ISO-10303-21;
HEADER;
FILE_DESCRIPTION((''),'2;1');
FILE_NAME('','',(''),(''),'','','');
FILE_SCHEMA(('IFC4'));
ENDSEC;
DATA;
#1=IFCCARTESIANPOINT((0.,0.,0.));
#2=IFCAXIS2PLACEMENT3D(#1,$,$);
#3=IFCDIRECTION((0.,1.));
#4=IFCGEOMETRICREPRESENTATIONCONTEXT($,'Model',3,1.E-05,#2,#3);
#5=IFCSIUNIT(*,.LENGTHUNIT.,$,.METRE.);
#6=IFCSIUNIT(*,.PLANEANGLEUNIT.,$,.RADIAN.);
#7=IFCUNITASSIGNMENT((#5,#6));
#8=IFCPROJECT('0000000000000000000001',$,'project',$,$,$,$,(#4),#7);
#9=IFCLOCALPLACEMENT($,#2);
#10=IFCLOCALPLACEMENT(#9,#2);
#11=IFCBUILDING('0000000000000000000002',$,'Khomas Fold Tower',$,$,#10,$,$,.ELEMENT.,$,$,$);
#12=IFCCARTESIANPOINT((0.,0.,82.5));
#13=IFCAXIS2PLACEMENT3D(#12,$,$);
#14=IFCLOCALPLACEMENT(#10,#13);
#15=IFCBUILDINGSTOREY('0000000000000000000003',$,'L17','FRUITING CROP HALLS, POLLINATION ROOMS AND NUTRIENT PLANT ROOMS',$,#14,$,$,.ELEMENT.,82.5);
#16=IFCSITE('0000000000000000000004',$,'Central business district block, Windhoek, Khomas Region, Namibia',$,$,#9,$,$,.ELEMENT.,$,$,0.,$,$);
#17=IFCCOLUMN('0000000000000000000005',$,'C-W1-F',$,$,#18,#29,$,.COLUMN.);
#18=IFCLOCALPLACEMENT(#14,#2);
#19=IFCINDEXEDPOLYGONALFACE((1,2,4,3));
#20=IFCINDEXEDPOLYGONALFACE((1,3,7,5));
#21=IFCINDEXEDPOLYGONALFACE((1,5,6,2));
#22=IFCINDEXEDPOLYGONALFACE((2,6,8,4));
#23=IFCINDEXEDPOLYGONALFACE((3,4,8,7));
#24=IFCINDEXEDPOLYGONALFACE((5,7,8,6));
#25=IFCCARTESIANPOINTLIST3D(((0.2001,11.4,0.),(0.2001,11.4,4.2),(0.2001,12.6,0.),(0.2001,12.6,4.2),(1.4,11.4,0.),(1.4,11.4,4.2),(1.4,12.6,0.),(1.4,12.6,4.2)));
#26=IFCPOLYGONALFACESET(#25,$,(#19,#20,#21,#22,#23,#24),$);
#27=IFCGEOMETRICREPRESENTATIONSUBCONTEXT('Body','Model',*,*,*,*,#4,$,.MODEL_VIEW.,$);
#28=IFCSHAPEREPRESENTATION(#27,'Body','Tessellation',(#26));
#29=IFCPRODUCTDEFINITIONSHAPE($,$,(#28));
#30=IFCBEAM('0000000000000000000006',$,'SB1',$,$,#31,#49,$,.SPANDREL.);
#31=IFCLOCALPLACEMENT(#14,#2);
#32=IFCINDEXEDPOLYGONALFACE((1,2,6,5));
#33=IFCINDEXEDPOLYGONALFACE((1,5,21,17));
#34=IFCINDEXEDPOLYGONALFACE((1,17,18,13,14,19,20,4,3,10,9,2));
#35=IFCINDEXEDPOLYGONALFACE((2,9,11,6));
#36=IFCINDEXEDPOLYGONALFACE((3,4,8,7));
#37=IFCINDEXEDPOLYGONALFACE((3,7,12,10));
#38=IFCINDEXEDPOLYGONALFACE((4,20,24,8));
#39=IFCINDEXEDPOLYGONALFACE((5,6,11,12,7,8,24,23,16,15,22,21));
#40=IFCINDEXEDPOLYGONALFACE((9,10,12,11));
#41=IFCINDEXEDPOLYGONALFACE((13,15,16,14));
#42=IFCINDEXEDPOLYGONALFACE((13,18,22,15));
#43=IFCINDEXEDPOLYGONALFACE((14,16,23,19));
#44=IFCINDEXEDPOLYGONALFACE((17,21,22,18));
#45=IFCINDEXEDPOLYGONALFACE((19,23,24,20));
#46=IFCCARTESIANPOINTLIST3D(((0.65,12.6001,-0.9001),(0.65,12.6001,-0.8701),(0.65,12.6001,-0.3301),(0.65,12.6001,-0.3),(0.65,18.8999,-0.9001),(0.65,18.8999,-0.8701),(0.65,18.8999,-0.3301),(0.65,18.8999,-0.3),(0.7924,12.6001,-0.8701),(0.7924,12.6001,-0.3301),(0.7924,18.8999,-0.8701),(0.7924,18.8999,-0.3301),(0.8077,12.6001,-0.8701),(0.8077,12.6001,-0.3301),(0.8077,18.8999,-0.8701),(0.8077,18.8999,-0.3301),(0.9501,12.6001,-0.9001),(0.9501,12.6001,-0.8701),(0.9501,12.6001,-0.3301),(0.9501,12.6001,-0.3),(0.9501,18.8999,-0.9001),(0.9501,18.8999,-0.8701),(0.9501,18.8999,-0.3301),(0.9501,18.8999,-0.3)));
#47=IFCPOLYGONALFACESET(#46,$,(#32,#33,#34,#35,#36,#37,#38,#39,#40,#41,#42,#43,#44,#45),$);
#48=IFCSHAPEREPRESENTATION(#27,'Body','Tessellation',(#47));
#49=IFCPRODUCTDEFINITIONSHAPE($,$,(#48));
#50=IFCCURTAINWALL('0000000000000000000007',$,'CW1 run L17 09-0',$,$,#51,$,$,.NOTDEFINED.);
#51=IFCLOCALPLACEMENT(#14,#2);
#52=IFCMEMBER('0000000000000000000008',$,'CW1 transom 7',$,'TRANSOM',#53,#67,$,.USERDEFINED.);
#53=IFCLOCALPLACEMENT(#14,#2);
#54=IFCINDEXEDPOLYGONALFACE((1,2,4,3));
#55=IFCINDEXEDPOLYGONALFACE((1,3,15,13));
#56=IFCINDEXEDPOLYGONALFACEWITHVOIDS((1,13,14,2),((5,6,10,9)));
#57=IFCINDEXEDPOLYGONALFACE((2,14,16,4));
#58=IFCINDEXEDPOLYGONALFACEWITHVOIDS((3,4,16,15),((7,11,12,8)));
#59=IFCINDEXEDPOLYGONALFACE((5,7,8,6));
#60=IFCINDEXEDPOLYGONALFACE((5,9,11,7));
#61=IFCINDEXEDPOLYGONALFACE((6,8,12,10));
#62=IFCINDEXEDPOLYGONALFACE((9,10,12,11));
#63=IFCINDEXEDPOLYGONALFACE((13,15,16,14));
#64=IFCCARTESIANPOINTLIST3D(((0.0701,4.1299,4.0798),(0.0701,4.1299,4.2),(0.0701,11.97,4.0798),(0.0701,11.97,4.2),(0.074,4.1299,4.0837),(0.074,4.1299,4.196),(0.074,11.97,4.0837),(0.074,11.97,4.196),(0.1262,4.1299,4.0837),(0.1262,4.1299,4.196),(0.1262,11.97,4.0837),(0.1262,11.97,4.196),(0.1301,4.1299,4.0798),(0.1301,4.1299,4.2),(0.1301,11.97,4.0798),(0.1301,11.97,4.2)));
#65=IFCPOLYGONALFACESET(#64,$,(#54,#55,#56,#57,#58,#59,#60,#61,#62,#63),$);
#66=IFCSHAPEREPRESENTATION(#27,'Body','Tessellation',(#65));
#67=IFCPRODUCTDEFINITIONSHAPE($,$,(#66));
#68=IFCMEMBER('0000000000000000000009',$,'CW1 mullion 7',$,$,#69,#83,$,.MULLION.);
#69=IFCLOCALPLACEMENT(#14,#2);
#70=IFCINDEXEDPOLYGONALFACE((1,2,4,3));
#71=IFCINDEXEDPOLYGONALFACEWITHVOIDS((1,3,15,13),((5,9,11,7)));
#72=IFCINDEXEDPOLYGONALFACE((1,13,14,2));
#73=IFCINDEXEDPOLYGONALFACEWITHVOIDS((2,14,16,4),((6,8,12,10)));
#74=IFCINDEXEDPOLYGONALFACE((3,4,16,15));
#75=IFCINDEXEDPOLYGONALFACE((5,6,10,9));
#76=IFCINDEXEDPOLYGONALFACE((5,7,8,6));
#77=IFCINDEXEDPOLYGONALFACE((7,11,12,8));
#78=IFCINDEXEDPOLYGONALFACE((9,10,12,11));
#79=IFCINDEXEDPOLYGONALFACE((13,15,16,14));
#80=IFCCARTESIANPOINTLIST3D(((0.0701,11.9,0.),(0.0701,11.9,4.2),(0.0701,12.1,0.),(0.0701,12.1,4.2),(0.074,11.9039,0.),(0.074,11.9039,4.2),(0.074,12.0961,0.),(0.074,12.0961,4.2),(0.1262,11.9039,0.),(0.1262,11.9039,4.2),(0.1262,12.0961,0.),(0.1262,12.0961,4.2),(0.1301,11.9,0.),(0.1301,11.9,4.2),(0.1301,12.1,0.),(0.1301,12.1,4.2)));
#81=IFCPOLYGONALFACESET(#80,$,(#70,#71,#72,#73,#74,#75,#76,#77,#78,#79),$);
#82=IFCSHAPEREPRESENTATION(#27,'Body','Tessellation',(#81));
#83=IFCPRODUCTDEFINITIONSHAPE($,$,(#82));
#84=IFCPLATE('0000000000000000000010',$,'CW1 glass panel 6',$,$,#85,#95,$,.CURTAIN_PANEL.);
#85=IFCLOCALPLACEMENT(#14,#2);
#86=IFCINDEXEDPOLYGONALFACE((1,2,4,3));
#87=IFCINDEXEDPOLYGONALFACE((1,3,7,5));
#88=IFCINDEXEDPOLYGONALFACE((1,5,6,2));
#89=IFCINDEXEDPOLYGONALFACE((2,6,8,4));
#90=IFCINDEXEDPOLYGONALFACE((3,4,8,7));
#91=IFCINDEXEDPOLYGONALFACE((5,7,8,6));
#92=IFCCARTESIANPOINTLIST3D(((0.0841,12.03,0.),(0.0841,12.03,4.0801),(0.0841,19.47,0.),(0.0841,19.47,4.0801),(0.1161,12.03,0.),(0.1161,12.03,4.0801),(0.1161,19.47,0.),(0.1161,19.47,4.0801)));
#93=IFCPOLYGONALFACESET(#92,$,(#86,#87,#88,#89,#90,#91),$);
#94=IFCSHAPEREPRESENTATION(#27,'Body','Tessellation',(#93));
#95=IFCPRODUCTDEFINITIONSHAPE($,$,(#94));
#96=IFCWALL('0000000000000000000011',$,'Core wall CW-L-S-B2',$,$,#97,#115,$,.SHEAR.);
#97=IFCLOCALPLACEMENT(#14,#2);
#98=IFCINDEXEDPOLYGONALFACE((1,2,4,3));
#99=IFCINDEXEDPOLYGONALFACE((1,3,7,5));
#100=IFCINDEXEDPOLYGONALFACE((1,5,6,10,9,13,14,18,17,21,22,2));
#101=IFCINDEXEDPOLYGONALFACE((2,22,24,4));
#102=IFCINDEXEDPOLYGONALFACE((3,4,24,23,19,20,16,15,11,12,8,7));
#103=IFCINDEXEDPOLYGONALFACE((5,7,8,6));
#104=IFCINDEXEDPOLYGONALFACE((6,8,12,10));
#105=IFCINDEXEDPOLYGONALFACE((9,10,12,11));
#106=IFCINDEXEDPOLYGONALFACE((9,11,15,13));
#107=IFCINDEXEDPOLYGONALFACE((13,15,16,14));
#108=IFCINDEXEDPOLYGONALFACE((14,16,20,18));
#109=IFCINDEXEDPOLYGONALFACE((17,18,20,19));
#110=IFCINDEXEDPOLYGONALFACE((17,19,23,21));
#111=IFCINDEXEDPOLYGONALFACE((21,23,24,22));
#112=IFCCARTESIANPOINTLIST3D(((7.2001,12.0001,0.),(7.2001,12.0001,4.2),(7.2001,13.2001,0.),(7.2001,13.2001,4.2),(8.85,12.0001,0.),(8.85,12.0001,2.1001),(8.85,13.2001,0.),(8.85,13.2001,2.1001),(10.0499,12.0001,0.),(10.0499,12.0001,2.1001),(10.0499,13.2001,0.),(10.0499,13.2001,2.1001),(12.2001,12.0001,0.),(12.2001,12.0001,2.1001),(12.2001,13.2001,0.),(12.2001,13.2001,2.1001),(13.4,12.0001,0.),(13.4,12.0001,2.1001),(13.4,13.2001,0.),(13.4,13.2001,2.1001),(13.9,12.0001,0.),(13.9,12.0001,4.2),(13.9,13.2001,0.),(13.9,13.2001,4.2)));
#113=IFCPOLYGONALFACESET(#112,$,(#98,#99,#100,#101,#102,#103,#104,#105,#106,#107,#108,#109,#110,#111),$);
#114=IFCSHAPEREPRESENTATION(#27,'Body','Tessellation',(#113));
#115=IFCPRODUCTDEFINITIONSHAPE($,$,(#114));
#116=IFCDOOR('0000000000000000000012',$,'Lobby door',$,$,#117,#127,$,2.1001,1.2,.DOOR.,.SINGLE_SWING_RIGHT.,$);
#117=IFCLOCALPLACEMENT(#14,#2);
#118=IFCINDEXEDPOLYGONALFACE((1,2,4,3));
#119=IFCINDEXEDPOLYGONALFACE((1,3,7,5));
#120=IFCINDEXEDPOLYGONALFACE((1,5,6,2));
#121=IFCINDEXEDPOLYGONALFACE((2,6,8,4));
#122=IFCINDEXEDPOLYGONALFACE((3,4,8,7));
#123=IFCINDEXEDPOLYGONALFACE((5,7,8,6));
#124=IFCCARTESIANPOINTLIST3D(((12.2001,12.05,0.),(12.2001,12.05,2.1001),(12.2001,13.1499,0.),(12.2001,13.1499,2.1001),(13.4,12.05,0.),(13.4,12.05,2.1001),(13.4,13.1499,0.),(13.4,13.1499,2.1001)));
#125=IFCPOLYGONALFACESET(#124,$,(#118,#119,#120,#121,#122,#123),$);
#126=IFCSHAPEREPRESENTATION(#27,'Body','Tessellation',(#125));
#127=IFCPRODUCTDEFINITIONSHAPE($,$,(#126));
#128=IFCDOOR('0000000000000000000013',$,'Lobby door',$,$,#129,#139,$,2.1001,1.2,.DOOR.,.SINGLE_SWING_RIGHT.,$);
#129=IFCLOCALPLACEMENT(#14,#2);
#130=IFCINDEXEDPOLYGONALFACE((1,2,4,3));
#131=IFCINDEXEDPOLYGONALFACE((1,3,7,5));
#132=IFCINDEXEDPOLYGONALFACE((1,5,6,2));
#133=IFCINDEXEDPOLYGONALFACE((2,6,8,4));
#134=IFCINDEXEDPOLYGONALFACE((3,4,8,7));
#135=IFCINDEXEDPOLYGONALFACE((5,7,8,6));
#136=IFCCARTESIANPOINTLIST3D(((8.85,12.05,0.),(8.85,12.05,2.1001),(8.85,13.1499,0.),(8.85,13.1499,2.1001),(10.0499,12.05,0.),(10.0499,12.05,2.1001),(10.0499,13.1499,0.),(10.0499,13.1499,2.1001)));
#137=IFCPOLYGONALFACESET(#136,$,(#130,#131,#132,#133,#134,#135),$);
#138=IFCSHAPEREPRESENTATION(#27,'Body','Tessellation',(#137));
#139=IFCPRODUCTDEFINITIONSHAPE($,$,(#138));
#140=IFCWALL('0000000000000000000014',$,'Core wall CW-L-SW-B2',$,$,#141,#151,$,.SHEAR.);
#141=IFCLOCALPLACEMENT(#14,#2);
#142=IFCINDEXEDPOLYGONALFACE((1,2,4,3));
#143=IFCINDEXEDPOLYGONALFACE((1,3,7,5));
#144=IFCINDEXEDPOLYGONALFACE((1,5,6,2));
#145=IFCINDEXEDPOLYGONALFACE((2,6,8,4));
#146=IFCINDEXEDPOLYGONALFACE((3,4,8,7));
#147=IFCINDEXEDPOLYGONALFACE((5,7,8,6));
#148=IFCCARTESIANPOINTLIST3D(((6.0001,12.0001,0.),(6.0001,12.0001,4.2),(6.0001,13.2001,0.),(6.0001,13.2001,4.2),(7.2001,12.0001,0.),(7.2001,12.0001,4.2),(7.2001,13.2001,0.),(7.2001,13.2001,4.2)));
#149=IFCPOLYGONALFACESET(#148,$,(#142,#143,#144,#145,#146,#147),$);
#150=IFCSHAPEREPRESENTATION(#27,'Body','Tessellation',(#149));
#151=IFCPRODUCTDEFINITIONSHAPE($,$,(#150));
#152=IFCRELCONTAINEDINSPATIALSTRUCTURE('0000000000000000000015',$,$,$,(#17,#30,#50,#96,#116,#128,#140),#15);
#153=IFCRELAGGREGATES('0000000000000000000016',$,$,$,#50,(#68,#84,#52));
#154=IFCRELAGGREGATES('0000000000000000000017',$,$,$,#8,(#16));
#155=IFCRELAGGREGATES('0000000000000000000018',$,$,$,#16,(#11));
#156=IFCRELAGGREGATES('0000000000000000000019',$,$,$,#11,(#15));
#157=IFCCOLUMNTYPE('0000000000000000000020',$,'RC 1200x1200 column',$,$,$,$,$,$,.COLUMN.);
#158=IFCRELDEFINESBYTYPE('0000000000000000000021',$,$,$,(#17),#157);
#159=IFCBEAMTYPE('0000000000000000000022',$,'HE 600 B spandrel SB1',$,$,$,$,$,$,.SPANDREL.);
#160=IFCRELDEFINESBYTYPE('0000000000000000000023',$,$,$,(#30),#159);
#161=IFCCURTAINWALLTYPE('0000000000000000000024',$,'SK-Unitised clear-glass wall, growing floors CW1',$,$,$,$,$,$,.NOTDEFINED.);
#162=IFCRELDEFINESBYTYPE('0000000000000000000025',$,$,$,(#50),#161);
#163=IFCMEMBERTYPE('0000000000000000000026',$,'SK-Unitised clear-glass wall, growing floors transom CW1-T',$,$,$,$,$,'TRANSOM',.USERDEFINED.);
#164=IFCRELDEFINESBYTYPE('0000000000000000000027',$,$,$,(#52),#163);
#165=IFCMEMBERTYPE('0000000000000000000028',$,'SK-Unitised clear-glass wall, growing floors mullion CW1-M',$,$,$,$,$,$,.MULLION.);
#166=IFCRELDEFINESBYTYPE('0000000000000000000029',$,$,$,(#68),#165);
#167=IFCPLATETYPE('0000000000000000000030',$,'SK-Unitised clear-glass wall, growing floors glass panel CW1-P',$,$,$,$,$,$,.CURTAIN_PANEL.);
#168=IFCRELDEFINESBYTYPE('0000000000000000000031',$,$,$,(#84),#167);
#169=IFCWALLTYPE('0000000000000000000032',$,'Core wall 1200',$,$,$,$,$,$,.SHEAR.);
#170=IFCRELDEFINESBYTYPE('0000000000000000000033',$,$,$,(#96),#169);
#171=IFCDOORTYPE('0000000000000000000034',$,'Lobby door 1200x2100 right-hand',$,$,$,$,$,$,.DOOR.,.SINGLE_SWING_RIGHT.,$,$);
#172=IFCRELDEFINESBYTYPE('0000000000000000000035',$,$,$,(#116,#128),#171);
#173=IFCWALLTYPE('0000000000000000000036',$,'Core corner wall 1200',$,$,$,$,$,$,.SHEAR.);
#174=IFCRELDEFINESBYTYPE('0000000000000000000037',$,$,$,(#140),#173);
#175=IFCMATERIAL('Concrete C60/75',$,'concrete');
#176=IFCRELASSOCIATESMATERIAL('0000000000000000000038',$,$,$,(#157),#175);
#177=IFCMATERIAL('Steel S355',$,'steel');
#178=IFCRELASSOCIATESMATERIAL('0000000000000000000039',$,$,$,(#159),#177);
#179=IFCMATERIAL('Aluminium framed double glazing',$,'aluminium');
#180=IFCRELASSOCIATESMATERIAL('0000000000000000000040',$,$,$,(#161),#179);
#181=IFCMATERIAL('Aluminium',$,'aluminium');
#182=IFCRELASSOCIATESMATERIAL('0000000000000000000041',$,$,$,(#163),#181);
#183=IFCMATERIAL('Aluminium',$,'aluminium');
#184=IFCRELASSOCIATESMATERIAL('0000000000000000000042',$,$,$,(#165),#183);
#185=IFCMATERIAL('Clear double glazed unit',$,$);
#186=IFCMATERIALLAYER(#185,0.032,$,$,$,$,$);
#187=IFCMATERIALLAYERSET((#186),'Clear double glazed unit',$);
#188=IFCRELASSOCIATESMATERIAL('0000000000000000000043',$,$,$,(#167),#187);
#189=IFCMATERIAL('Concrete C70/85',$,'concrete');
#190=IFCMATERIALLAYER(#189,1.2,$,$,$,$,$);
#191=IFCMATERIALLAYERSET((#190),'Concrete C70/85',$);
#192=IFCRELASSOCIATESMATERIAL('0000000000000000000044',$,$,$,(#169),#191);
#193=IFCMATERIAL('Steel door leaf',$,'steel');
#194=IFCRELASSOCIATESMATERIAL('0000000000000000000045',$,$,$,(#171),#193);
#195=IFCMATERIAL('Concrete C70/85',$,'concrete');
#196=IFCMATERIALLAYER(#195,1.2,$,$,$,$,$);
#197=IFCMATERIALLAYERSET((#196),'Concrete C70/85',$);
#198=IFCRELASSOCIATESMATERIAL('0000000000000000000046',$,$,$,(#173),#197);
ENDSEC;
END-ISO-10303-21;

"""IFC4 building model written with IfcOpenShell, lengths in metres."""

from ifc_helpers import new_model, si_unit, direction, frame, frame_2d, origin, origin_2d, place, context, subcontext, project, spatial, rectangle, hollow_rectangle, i_section, extrude, source, transform, mapped, material, layer, layer_set, material_profile, profile_set, type_object, element, fill, aggregate, save


model = new_model("IFC4")

# Units and contexts
model_context = context("Model", 3, precision=1e-05, world=origin(), true_north=direction((0.0, 1.0)))
body_context = subcontext(model_context, "Body", "Model", "MODEL_VIEW")
ifc_project = project(units=[si_unit("LENGTHUNIT", "METRE"), si_unit("PLANEANGLEUNIT", "RADIAN")], contexts=[model_context])

# Site, building, storey
site_placement = place(None, origin())
site = spatial("IfcSite", under=ifc_project, at=site_placement, Name="Central business district block, Windhoek, Khomas Region, Namibia", CompositionType="ELEMENT", RefElevation=0.0)
building_placement = place(site_placement, origin())
building = spatial("IfcBuilding", under=site, at=building_placement, Name="Khomas Fold Tower", CompositionType="ELEMENT")
storey_placement = place(building_placement, frame((0.0, 0.0, 82.5)))
storey = spatial("IfcBuildingStorey", under=building, at=storey_placement, Name="L17", Description="FRUITING CROP HALLS, POLLINATION ROOMS AND NUTRIENT PLANT ROOMS", CompositionType="ELEMENT", Elevation=82.5)

# Column
ifc_material_1 = material(Name="Concrete C60/75", Category="concrete")
ifc_material_profile_1 = material_profile(ifc_material_1, rectangle(XDim=1.2, YDim=1.2, at=origin_2d()), Name="RC 1200x1200")
ifc_profile_set_1 = profile_set([ifc_material_profile_1], Name="Concrete C60/75")
column_type = type_object("IfcColumnType", Name="RC 1200x1200 column", PredefinedType="COLUMN", material=ifc_profile_set_1)
shared_shape_1 = source(origin(), body_context, "Body", "SweptSolid", [
    extrude(rectangle(XDim=1.2, YDim=1.2, at=origin_2d()), origin(), (0.0, 0.0, 1.0), 4.2),
])
column_placement = place(storey_placement, frame((0.8, 12.0, 0.0), z_axis=(0.0, 0.0, 1.0), x_axis=(1.0, 0.0, 0.0)))
element("IfcColumn", 1, at=column_placement, inside=storey, type_object=column_type, Name="C-W1-F", PredefinedType="COLUMN", context=body_context, shape_type="MappedRepresentation", body=[
    mapped(shared_shape_1, transform((0.0, 0.0, 0.0))),
])

# Beam
ifc_material_2 = material(Name="Steel S355", Category="steel")
ifc_material_profile_2 = material_profile(ifc_material_2, i_section(OverallWidth=0.3, OverallDepth=0.6001, WebThickness=0.0154, FlangeThickness=0.03, at=origin_2d()), Name="HE 600 B")
ifc_profile_set_2 = profile_set([ifc_material_profile_2], Name="Steel S355")
beam_type = type_object("IfcBeamType", Name="HE 600 B spandrel SB1", PredefinedType="SPANDREL", material=ifc_profile_set_2)
shared_shape_2 = source(origin(), body_context, "Body", "SweptSolid", [
    extrude(i_section(OverallWidth=0.3, OverallDepth=0.6001, WebThickness=0.0154, FlangeThickness=0.03, at=origin_2d()), origin(), (0.0, 0.0, 1.0), 6.2998),
])
beam_placement = place(storey_placement, frame((0.8, 12.6001, -0.6001), z_axis=(0.0, 1.0, 0.0), x_axis=(-1.0, 0.0, 0.0)))
element("IfcBeam", 2, at=beam_placement, inside=storey, type_object=beam_type, Name="SB1", PredefinedType="SPANDREL", context=body_context, shape_type="MappedRepresentation", body=[
    mapped(shared_shape_2, transform((0.0, 0.0, 0.0))),
])

# Curtain wall, members, plate
ifc_material_3 = material(Name="Aluminium framed double glazing", Category="aluminium")
curtain_wall_type = type_object("IfcCurtainWallType", Name="SK-Unitised clear-glass wall, growing floors CW1", PredefinedType="NOTDEFINED", material=ifc_material_3)
curtain_wall_placement = place(storey_placement, origin())
curtain_wall = element("IfcCurtainWall", 3, at=curtain_wall_placement, inside=storey, type_object=curtain_wall_type, Name="CW1 run L17 09-0", PredefinedType="NOTDEFINED")
ifc_material_4 = material(Name="Aluminium", Category="aluminium")
ifc_material_profile_3 = material_profile(ifc_material_4, hollow_rectangle(XDim=0.0601, YDim=0.1201, WallThickness=0.0039, at=origin_2d()), Name="SK-Unitised clear-glass wall, growing floors transom CW1-T")
ifc_profile_set_3 = profile_set([ifc_material_profile_3], Name="Aluminium")
member_type_1 = type_object("IfcMemberType", Name="SK-Unitised clear-glass wall, growing floors transom CW1-T", ElementType="TRANSOM", PredefinedType="USERDEFINED", material=ifc_profile_set_3)
shared_shape_3 = source(origin(), body_context, "Body", "SweptSolid", [
    extrude(hollow_rectangle(XDim=0.0601, YDim=0.1201, WallThickness=0.0039, at=origin_2d()), origin(), (0.0, 0.0, 1.0), 7.8401),
])
member_1_placement = place(storey_placement, frame((0.1001, 11.97, 4.1399), z_axis=(0.0, -1.0, 0.0), x_axis=(1.0, 0.0, 0.0)))
member_1 = element("IfcMember", 4, at=member_1_placement, type_object=member_type_1, Name="CW1 transom 7", ObjectType="TRANSOM", PredefinedType="USERDEFINED", context=body_context, shape_type="MappedRepresentation", body=[
    mapped(shared_shape_3, transform((0.0, 0.0, 0.0))),
])
ifc_material_5 = material(Name="Aluminium", Category="aluminium")
ifc_material_profile_4 = material_profile(ifc_material_5, hollow_rectangle(XDim=0.0601, YDim=0.2, WallThickness=0.0039, at=origin_2d()), Name="SK-Unitised clear-glass wall, growing floors mullion CW1-M")
ifc_profile_set_4 = profile_set([ifc_material_profile_4], Name="Aluminium")
member_type_2 = type_object("IfcMemberType", Name="SK-Unitised clear-glass wall, growing floors mullion CW1-M", PredefinedType="MULLION", material=ifc_profile_set_4)
shared_shape_4 = source(origin(), body_context, "Body", "SweptSolid", [
    extrude(hollow_rectangle(XDim=0.0601, YDim=0.2, WallThickness=0.0039, at=origin_2d()), origin(), (0.0, 0.0, 1.0), 4.2),
])
member_2_placement = place(storey_placement, frame((0.1001, 12.0, 0.0), z_axis=(0.0, 0.0, 1.0), x_axis=(1.0, 0.0, 0.0)))
member_2 = element("IfcMember", 5, at=member_2_placement, type_object=member_type_2, Name="CW1 mullion 7", PredefinedType="MULLION", context=body_context, shape_type="MappedRepresentation", body=[
    mapped(shared_shape_4, transform((0.0, 0.0, 0.0))),
])
ifc_material_6 = material(Name="Clear double glazed unit")
ifc_layer_1 = layer(ifc_material_6, 0.032)
ifc_layer_set_1 = layer_set([ifc_layer_1], Name="Clear double glazed unit")
plate_type = type_object("IfcPlateType", Name="SK-Unitised clear-glass wall, growing floors glass panel CW1-P", PredefinedType="CURTAIN_PANEL", material=ifc_layer_set_1)
shared_shape_5 = source(origin(), body_context, "Body", "SweptSolid", [
    extrude(rectangle(XDim=7.4399, YDim=0.032, at=origin_2d()), origin(), (0.0, 0.0, 1.0), 4.0801),
])
plate_placement = place(storey_placement, frame((0.1001, 15.75, 0.0), z_axis=(0.0, 0.0, 1.0), x_axis=(0.0, -1.0, 0.0)))
plate = element("IfcPlate", 6, at=plate_placement, type_object=plate_type, Name="CW1 glass panel 6", PredefinedType="CURTAIN_PANEL", context=body_context, shape_type="MappedRepresentation", body=[
    mapped(shared_shape_5, transform((0.0, 0.0, 0.0))),
])
aggregate(curtain_wall, [member_2, plate, member_1])

# Wall, openings, doors
ifc_material_7 = material(Name="Concrete C70/85", Category="concrete")
ifc_layer_2 = layer(ifc_material_7, 1.2)
ifc_layer_set_2 = layer_set([ifc_layer_2], Name="Concrete C70/85")
wall_type_1 = type_object("IfcWallType", Name="Core wall 1200", PredefinedType="SHEAR", material=ifc_layer_set_2)
shared_shape_6 = source(origin(), body_context, "Body", "SweptSolid", [
    extrude(rectangle(XDim=6.7, YDim=1.2, at=frame_2d((3.3501, 0.0))), origin(), (0.0, 0.0, 1.0), 4.2),
])
wall_1_placement = place(storey_placement, frame((7.2, 12.6001, 0.0), z_axis=(0.0, 0.0, 1.0), x_axis=(1.0, 0.0, 0.0)))
wall_1 = element("IfcWall", 7, at=wall_1_placement, inside=storey, type_object=wall_type_1, Name="Core wall CW-L-S-B2", PredefinedType="SHEAR", context=body_context, shape_type="MappedRepresentation", body=[
    mapped(shared_shape_6, transform((0.0, 0.0, 0.0))),
])
shared_shape_7 = source(origin(), body_context, "Body", "SweptSolid", [
    extrude(rectangle(XDim=1.2, YDim=2.1001, at=frame_2d((0.6001, 1.05))), frame((0.0, 0.6099, 0.0), z_axis=(0.0, -1.0, 0.0), x_axis=(1.0, 0.0, 0.0)), (0.0, 0.0, 1.0), 1.22),
])
opening_1_placement = place(wall_1_placement, frame((5.0, 0.0, 0.0)))
opening_1 = element("IfcOpeningElement", 8, at=opening_1_placement, cuts=wall_1, PredefinedType="OPENING", context=body_context, shape_type="MappedRepresentation", body=[
    mapped(shared_shape_7, transform((0.0, 0.0, 0.0))),
])
opening_2_placement = place(wall_1_placement, frame((1.6499, 0.0, 0.0)))
opening_2 = element("IfcOpeningElement", 9, at=opening_2_placement, cuts=wall_1, PredefinedType="OPENING", context=body_context, shape_type="MappedRepresentation", body=[
    mapped(shared_shape_7, transform((0.0, 0.0, 0.0))),
])
ifc_material_8 = material(Name="Steel door leaf", Category="steel")
door_type_1 = type_object("IfcDoorType", Name="Lobby door 1200x2100 right-hand", OperationType="SINGLE_SWING_RIGHT", PredefinedType="DOOR", material=ifc_material_8)
shared_shape_8 = source(origin(), body_context, "Body", "SweptSolid", [
    extrude(rectangle(XDim=1.2, YDim=2.1001, at=frame_2d((0.6001, 1.05))), frame((0.0, 0.5498, 0.0), z_axis=(0.0, -1.0, 0.0), x_axis=(1.0, 0.0, 0.0)), (0.0, 0.0, 1.0), 1.0999),
])
door_1_placement = place(opening_1_placement, origin())
door_1 = element("IfcDoor", 10, at=door_1_placement, inside=storey, type_object=door_type_1, Name="Lobby door", OperationType="SINGLE_SWING_RIGHT", OverallHeight=2.1001, OverallWidth=1.2, PredefinedType="DOOR", context=body_context, shape_type="MappedRepresentation", body=[
    mapped(shared_shape_8, transform((0.0, 0.0, 0.0))),
])
fill(opening_1, door_1)
door_2_placement = place(opening_2_placement, origin())
door_2 = element("IfcDoor", 11, at=door_2_placement, inside=storey, type_object=door_type_1, Name="Lobby door", OperationType="SINGLE_SWING_RIGHT", OverallHeight=2.1001, OverallWidth=1.2, PredefinedType="DOOR", context=body_context, shape_type="MappedRepresentation", body=[
    mapped(shared_shape_8, transform((0.0, 0.0, 0.0))),
])
fill(opening_2, door_2)

# Wall
ifc_material_9 = material(Name="Concrete C70/85", Category="concrete")
ifc_layer_3 = layer(ifc_material_9, 1.2)
ifc_layer_set_3 = layer_set([ifc_layer_3], Name="Concrete C70/85")
wall_type_2 = type_object("IfcWallType", Name="Core corner wall 1200", PredefinedType="SHEAR", material=ifc_layer_set_3)
shared_shape_9 = source(origin(), body_context, "Body", "SweptSolid", [
    extrude(rectangle(XDim=1.2, YDim=1.2, at=frame_2d((0.6001, 0.0))), origin(), (0.0, 0.0, 1.0), 4.2),
])
wall_2_placement = place(storey_placement, frame((6.0, 12.6001, 0.0), z_axis=(0.0, 0.0, 1.0), x_axis=(1.0, 0.0, 0.0)))
element("IfcWall", 12, at=wall_2_placement, inside=storey, type_object=wall_type_2, Name="Core wall CW-L-SW-B2", PredefinedType="SHEAR", context=body_context, shape_type="MappedRepresentation", body=[
    mapped(shared_shape_9, transform((0.0, 0.0, 0.0))),
])

save(model, "model.ifc")
